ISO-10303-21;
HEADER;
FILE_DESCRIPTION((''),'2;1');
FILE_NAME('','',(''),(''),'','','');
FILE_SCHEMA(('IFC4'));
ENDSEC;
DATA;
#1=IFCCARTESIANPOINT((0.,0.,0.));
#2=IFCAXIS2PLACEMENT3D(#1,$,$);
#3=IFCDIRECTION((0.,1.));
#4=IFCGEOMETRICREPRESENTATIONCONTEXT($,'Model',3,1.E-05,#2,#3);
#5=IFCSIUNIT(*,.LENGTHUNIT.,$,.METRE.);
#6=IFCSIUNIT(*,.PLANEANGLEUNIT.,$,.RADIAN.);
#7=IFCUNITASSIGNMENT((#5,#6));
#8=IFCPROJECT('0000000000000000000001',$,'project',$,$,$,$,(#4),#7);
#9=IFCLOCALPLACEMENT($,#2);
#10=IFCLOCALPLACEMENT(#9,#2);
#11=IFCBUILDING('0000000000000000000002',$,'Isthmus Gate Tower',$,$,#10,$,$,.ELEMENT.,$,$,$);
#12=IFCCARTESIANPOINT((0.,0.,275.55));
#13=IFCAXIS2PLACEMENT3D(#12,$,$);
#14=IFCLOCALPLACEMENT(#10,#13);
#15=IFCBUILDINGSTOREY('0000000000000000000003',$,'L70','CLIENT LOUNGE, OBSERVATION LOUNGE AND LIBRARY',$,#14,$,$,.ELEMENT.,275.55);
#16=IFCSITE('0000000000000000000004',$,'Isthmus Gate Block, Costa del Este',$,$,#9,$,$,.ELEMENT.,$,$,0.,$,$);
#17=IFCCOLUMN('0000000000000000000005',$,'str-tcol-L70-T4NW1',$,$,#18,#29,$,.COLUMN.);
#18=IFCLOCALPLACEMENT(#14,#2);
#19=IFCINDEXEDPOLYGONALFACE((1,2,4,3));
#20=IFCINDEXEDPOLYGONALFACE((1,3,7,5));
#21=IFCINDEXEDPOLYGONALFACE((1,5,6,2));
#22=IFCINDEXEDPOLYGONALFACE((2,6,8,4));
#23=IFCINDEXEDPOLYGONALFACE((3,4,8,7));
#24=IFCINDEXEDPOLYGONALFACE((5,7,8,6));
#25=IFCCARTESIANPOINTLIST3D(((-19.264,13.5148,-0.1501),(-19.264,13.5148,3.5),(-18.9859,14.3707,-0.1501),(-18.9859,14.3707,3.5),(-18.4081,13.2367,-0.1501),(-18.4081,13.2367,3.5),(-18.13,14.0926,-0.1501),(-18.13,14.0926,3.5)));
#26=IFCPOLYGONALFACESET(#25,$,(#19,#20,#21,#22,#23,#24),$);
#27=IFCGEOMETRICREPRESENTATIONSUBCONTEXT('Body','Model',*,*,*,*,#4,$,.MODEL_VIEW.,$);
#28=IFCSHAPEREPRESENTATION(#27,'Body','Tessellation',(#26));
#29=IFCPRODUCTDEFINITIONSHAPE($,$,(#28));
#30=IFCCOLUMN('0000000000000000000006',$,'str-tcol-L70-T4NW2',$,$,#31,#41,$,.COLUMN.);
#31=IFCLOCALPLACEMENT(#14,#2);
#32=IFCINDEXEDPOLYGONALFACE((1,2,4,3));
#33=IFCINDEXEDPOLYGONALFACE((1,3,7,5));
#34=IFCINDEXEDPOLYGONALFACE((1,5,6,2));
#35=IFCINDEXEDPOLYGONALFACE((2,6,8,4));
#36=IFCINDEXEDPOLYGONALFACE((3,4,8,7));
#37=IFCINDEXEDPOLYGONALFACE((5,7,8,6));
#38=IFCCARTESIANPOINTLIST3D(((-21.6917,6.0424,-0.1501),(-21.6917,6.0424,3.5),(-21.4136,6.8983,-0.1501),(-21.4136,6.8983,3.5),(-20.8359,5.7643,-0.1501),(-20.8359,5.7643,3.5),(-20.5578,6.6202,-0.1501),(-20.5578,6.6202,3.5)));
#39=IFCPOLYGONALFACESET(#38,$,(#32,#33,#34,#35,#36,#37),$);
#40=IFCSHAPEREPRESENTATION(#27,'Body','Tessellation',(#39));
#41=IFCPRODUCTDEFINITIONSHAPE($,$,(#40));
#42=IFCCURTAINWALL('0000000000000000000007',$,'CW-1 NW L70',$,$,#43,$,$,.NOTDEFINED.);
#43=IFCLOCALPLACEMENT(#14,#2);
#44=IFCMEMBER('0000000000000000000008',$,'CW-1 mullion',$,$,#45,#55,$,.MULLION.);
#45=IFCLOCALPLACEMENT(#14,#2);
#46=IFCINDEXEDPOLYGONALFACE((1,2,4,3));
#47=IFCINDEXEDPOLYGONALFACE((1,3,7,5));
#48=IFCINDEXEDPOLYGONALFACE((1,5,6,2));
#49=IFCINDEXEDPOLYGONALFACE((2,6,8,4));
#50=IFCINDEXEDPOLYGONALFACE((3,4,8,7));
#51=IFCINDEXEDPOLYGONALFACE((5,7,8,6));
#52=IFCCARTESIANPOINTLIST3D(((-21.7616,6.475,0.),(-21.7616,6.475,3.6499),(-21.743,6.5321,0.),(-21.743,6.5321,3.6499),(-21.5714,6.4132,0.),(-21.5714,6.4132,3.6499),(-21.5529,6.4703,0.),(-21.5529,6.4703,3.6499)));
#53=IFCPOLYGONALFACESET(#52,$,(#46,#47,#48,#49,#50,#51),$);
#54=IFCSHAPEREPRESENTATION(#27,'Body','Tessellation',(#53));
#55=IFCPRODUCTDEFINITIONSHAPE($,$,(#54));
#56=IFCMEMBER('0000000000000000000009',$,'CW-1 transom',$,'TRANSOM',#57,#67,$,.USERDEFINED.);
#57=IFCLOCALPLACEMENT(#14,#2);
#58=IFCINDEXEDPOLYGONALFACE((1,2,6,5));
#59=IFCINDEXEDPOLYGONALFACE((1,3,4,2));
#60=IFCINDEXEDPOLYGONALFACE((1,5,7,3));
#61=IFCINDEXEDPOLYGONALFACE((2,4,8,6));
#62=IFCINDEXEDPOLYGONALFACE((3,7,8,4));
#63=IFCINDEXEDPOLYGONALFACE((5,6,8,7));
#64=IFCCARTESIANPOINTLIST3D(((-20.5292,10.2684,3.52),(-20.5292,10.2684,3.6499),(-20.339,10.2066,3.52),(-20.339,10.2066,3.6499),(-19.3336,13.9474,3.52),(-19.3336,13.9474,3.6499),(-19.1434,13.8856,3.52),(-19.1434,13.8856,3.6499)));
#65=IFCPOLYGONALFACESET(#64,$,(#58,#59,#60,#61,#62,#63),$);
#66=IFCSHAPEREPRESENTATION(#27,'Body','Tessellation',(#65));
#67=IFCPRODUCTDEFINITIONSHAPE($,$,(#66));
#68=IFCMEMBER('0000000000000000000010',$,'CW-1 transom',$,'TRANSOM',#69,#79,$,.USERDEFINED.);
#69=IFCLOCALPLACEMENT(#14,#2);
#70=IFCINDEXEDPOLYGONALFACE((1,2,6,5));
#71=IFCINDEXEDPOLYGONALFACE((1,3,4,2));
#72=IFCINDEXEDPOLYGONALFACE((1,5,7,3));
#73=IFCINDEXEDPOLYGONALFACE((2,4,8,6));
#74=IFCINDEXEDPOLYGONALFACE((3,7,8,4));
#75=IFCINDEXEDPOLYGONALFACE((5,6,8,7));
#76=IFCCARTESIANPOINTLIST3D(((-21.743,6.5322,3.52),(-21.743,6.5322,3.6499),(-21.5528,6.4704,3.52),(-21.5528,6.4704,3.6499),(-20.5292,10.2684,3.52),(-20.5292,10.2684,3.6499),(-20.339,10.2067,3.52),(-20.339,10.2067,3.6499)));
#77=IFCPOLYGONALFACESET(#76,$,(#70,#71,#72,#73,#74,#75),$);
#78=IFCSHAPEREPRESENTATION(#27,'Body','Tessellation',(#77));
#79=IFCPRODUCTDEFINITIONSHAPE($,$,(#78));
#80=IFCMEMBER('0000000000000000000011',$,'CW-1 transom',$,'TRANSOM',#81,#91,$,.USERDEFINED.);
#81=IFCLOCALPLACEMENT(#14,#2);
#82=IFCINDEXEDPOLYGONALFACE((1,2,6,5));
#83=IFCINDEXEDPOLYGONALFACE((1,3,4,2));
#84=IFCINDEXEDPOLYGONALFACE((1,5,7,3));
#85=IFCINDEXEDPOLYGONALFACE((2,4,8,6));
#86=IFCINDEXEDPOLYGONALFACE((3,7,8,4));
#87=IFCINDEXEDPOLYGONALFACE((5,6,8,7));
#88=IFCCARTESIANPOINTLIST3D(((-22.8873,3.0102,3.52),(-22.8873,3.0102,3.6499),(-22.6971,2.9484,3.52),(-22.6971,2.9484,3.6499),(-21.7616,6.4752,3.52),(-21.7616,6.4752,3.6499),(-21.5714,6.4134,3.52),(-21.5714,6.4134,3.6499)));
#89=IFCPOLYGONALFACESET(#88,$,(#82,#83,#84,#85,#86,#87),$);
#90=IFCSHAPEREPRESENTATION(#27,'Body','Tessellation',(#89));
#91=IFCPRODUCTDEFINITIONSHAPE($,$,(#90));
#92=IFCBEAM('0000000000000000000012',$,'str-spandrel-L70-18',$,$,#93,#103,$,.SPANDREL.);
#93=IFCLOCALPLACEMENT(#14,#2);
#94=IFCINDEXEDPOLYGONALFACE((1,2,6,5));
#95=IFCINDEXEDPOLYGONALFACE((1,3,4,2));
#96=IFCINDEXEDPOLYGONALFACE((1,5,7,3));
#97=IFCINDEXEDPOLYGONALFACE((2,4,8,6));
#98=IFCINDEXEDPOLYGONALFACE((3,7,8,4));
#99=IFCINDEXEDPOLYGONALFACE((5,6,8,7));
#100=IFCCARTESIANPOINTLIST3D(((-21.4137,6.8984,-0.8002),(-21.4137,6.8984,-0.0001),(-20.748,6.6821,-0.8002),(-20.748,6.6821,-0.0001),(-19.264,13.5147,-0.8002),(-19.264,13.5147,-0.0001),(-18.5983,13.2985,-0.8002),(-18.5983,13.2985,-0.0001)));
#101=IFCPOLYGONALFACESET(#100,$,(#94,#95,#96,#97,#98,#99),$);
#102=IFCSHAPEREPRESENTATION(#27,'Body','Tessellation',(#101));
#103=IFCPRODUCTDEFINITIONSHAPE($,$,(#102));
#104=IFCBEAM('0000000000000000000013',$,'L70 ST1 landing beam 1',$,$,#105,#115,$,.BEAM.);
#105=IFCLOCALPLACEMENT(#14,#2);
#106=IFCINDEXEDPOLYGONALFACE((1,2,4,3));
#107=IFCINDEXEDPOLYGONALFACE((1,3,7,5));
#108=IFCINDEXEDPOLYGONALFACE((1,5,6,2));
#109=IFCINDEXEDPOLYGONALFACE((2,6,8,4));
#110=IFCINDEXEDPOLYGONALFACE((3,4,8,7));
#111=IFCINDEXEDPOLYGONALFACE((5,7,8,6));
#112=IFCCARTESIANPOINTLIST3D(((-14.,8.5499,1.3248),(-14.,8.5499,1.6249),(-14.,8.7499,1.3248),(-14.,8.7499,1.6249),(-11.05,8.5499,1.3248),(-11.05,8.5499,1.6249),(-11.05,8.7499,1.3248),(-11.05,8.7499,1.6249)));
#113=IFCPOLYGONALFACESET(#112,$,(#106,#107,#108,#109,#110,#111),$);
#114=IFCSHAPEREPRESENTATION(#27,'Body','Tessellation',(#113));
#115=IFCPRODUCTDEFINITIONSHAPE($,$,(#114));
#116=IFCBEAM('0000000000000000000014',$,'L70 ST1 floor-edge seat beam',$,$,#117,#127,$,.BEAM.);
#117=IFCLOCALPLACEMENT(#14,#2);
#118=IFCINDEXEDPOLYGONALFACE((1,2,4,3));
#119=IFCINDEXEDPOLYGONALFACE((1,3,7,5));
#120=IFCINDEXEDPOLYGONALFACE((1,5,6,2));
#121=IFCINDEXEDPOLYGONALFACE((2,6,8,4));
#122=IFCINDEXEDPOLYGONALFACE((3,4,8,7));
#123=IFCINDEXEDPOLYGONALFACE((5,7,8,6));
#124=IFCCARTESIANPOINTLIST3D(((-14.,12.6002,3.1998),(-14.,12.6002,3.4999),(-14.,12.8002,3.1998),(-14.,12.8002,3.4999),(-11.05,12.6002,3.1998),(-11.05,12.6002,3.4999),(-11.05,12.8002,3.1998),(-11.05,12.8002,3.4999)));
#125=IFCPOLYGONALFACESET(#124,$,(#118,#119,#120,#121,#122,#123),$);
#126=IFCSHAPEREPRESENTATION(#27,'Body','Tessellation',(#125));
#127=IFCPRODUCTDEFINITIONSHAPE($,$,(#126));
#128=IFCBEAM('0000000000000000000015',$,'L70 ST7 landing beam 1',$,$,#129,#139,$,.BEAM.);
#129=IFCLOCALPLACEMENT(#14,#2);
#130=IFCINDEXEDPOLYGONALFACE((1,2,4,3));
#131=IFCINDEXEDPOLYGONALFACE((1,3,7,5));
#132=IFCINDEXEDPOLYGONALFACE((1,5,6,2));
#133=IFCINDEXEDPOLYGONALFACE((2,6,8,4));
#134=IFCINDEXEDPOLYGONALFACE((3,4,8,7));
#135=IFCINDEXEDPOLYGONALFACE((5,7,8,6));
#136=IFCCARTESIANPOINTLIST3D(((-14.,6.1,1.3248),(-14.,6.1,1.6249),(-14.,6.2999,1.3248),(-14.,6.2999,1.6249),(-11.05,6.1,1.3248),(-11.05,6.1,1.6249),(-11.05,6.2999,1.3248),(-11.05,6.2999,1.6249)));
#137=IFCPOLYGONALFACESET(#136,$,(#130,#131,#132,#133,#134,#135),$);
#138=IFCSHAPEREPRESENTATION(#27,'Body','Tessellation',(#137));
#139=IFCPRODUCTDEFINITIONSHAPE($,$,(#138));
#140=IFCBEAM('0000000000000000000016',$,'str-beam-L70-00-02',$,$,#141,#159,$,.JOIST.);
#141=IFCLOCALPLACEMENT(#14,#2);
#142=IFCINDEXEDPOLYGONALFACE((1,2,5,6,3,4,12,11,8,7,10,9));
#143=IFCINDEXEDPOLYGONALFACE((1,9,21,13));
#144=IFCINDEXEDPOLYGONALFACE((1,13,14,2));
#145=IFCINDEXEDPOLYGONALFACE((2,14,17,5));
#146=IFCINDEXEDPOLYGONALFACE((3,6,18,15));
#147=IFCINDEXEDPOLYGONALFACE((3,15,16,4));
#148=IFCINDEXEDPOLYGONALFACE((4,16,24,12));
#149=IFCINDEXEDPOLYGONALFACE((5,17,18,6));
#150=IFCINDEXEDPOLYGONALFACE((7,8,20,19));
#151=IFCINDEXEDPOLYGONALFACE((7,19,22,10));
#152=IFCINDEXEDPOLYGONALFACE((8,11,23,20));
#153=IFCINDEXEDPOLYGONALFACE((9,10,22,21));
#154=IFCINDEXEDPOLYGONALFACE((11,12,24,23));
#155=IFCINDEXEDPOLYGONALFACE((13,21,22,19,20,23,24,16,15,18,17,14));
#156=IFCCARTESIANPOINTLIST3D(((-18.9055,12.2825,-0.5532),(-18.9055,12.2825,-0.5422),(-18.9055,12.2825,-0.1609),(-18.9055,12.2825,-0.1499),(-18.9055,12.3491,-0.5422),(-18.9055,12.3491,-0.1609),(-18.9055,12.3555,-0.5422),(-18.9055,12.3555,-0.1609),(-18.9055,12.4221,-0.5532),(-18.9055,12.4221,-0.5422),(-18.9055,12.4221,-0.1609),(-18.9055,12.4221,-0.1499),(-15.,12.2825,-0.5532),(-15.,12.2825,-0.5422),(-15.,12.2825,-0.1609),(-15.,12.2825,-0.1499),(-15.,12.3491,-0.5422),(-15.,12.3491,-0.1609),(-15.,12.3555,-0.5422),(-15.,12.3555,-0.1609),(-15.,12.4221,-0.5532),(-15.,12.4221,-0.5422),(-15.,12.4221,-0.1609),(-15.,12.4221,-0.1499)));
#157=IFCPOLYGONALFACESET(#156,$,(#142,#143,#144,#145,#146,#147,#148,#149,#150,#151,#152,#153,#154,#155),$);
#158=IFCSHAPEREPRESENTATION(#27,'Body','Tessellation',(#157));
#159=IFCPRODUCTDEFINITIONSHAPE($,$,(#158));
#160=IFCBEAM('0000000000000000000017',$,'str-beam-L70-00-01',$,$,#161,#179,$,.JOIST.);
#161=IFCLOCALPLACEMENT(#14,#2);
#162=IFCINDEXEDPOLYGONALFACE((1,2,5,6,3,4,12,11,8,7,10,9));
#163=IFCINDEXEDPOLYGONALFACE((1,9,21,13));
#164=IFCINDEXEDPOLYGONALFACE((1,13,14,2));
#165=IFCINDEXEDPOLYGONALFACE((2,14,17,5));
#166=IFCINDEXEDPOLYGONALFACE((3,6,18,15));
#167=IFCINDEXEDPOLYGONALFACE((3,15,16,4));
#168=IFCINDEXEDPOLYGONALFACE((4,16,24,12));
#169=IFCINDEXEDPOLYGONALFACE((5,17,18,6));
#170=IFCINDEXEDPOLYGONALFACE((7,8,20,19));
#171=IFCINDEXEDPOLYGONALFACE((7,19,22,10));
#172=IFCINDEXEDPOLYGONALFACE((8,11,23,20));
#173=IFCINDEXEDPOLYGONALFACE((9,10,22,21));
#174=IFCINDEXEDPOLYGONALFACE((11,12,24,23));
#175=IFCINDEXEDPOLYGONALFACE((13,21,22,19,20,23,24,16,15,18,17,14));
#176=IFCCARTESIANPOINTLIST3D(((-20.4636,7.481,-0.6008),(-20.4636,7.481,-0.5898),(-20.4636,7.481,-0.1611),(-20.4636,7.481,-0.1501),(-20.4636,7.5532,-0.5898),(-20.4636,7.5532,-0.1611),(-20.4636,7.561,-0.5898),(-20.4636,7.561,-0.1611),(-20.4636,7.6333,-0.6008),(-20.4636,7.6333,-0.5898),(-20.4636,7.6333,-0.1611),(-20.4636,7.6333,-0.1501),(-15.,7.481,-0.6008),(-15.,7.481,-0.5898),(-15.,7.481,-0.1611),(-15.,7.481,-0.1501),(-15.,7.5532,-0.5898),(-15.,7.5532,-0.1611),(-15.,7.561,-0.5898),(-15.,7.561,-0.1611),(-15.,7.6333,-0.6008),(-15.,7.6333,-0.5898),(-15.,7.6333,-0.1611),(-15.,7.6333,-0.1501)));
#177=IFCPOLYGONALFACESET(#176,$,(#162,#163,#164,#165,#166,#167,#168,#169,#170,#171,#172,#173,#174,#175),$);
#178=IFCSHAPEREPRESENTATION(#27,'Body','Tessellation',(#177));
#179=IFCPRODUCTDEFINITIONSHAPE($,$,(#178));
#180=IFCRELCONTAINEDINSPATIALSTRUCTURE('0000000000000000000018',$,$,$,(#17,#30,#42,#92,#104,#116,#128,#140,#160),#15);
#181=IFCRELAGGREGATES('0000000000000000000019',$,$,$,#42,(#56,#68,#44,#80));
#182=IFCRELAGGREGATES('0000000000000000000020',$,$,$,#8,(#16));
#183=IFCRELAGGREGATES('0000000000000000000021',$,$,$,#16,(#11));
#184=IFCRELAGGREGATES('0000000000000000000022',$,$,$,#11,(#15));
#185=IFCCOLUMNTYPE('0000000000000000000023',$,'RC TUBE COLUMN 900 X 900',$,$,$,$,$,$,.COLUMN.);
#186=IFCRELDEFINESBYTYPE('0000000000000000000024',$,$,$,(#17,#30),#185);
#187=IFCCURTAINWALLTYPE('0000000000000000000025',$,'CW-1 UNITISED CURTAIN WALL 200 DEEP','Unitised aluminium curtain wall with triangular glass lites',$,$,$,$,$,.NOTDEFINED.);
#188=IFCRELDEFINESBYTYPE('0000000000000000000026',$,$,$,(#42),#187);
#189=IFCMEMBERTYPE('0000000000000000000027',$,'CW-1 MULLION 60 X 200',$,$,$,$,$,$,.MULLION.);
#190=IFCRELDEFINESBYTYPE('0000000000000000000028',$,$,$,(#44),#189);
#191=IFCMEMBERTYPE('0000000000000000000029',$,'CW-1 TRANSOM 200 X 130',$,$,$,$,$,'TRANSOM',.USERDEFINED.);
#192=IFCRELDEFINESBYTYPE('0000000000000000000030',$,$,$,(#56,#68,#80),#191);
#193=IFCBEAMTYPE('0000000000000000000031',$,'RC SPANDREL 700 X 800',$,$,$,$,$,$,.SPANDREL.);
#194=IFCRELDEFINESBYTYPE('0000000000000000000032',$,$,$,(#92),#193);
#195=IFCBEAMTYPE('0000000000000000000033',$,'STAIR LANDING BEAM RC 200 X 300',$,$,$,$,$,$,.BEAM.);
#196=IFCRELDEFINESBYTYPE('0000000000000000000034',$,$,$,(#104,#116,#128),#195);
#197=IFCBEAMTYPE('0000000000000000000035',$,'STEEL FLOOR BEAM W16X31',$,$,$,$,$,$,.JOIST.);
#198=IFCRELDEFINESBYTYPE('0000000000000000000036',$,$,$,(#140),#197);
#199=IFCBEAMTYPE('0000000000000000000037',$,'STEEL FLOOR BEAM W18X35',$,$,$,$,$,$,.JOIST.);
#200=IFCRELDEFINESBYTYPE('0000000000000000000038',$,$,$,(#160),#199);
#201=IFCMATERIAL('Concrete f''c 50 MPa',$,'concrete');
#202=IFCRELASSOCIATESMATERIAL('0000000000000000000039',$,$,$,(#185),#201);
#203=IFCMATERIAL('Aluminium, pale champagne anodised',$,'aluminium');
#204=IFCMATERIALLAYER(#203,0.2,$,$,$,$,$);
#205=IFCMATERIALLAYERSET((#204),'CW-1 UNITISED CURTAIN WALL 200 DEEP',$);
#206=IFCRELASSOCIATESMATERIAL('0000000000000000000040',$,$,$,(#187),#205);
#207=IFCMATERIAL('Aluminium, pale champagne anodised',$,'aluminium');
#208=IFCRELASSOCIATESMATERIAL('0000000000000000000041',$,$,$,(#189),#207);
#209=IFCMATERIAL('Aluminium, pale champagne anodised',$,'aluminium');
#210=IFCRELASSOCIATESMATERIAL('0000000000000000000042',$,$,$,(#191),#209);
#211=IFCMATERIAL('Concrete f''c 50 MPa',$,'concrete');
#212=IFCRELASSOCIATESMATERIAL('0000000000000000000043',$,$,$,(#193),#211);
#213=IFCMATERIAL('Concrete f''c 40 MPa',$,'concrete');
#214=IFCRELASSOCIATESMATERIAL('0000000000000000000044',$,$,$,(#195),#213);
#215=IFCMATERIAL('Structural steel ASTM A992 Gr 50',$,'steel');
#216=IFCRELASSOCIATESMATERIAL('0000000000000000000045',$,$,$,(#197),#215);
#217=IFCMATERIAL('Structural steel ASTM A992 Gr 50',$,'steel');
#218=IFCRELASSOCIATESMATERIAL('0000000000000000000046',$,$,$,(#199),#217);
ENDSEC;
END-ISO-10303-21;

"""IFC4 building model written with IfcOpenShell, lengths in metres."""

from ifc_helpers import new_model, si_unit, direction, frame, origin, origin_2d, place, context, subcontext, project, spatial, rectangle, i_section, extrude, material, layer, layer_set, material_profile, profile_set, type_object, element, aggregate, save


model = new_model("IFC4")

# Units and contexts
model_context = context("Model", 3, precision=1e-05, world=origin(), true_north=direction((0.0, 1.0)))
body_context = subcontext(model_context, "Body", "Model", "MODEL_VIEW")
ifc_project = project(units=[si_unit("LENGTHUNIT", "METRE"), si_unit("PLANEANGLEUNIT", "RADIAN")], contexts=[model_context])

# Site, building, storey
site_placement = place(None, origin())
site = spatial("IfcSite", under=ifc_project, at=site_placement, Name="Isthmus Gate Block, Costa del Este", CompositionType="ELEMENT", RefElevation=0.0)
building_placement = place(site_placement, origin())
building = spatial("IfcBuilding", under=site, at=building_placement, Name="Isthmus Gate Tower", CompositionType="ELEMENT")
storey_placement = place(building_placement, frame((0.0, 0.0, 275.55)))
storey = spatial("IfcBuildingStorey", under=building, at=storey_placement, Name="L70", Description="CLIENT LOUNGE, OBSERVATION LOUNGE AND LIBRARY", CompositionType="ELEMENT", Elevation=275.55)

# Columns
ifc_material_1 = material(Name="Concrete f'c 50 MPa", Category="concrete")
ifc_material_profile_1 = material_profile(ifc_material_1, rectangle(XDim=0.8999, YDim=0.8999, at=origin_2d()), Name="RC 900X900")
ifc_profile_set_1 = profile_set([ifc_material_profile_1], Name="Concrete f'c 50 MPa")
column_type = type_object("IfcColumnType", Name="RC TUBE COLUMN 900 X 900", PredefinedType="COLUMN", material=ifc_profile_set_1)
for number, where, z_axis, x_axis, name in (
    (1, (-18.697, 13.8037, -0.1501), (0.0, 0.0, 1.0), (-0.309017, -0.951057, 0.0), "str-tcol-L70-T4NW1"),
    (2, (-21.1248, 6.3313, -0.1501), (0.0, 0.0, 1.0), (-0.309017, -0.951057, 0.0), "str-tcol-L70-T4NW2"),
):
    element("IfcColumn", number, at=place(storey_placement, frame(where, z_axis=z_axis, x_axis=x_axis)), inside=storey, type_object=column_type, Name=name, PredefinedType="COLUMN", context=body_context, shape_type="SweptSolid", body=[
        extrude(rectangle(XDim=0.8999, YDim=0.8999, at=origin_2d()), origin(), (0.0, 0.0, 1.0), 3.6501),
    ])

# Curtain wall, members
ifc_material_2 = material(Name="Aluminium, pale champagne anodised", Category="aluminium")
ifc_layer_1 = layer(ifc_material_2, 0.2)
ifc_layer_set_1 = layer_set([ifc_layer_1], Name="CW-1 UNITISED CURTAIN WALL 200 DEEP")
curtain_wall_type = type_object("IfcCurtainWallType", Name="CW-1 UNITISED CURTAIN WALL 200 DEEP", Description="Unitised aluminium curtain wall with triangular glass lites", PredefinedType="NOTDEFINED", material=ifc_layer_set_1)
curtain_wall_placement = place(storey_placement, origin())
curtain_wall = element("IfcCurtainWall", 3, at=curtain_wall_placement, inside=storey, type_object=curtain_wall_type, Name="CW-1 NW L70", PredefinedType="NOTDEFINED")
ifc_material_3 = material(Name="Aluminium, pale champagne anodised", Category="aluminium")
ifc_material_profile_2 = material_profile(ifc_material_3, rectangle(XDim=0.0601, YDim=0.2, at=origin_2d()), Name="60x200")
ifc_profile_set_2 = profile_set([ifc_material_profile_2], Name="Aluminium, pale champagne anodised")
member_type_1 = type_object("IfcMemberType", Name="CW-1 MULLION 60 X 200", PredefinedType="MULLION", material=ifc_profile_set_2)
member_1_placement = place(storey_placement, frame((-21.6572, 6.4727, 0.0), z_axis=(0.0, 0.0, 1.0), x_axis=(-0.309017, -0.951057, 0.0)))
member_1 = element("IfcMember", 4, at=member_1_placement, type_object=member_type_1, Name="CW-1 mullion", PredefinedType="MULLION", context=body_context, shape_type="SweptSolid", body=[
    extrude(rectangle(XDim=0.0601, YDim=0.2, at=origin_2d()), origin(), (0.0, 0.0, 1.0), 3.6499),
])
ifc_material_4 = material(Name="Aluminium, pale champagne anodised", Category="aluminium")
ifc_material_profile_3 = material_profile(ifc_material_4, rectangle(XDim=0.2, YDim=0.1299, at=origin_2d()), Name="200x130")
ifc_profile_set_3 = profile_set([ifc_material_profile_3], Name="Aluminium, pale champagne anodised")
member_type_2 = type_object("IfcMemberType", Name="CW-1 TRANSOM 200 X 130", ElementType="TRANSOM", PredefinedType="USERDEFINED", material=ifc_profile_set_3)
member_2_placement = place(storey_placement, frame((-19.2385, 13.9165, 3.585), z_axis=(-0.309062, -0.951042, 0.0), x_axis=(0.951042, -0.309062, 0.0)))
member_2 = element("IfcMember", 5, at=member_2_placement, type_object=member_type_2, Name="CW-1 transom", ObjectType="TRANSOM", PredefinedType="USERDEFINED", context=body_context, shape_type="SweptSolid", body=[
    extrude(rectangle(XDim=0.2, YDim=0.1299, at=origin_2d()), origin(), (0.0, 0.0, 1.0), 3.8684),
])
member_3_placement = place(storey_placement, frame((-20.4341, 10.2375, 3.585), z_axis=(-0.308985, -0.951067, 0.0), x_axis=(0.951067, -0.308985, 0.0)))
member_3 = element("IfcMember", 6, at=member_3_placement, type_object=member_type_2, Name="CW-1 transom", ObjectType="TRANSOM", PredefinedType="USERDEFINED", context=body_context, shape_type="SweptSolid", body=[
    extrude(rectangle(XDim=0.2, YDim=0.1299, at=origin_2d()), origin(), (0.0, 0.0, 1.0), 3.9285),
])
member_4_placement = place(storey_placement, frame((-21.6665, 6.4443, 3.585), z_axis=(-0.308982, -0.951068, 0.0), x_axis=(0.951068, -0.308982, 0.0)))
member_4 = element("IfcMember", 7, at=member_4_placement, type_object=member_type_2, Name="CW-1 transom", ObjectType="TRANSOM", PredefinedType="USERDEFINED", context=body_context, shape_type="SweptSolid", body=[
    extrude(rectangle(XDim=0.2, YDim=0.1299, at=origin_2d()), origin(), (0.0, 0.0, 1.0), 3.6433),
])

# Beams
ifc_material_5 = material(Name="Concrete f'c 50 MPa", Category="concrete")
ifc_material_profile_4 = material_profile(ifc_material_5, rectangle(XDim=0.7, YDim=0.8, at=origin_2d()), Name="RC 700X800")
ifc_profile_set_4 = profile_set([ifc_material_profile_4], Name="Concrete f'c 50 MPa")
beam_type_1 = type_object("IfcBeamType", Name="RC SPANDREL 700 X 800", PredefinedType="SPANDREL", material=ifc_profile_set_4)
beam_1_placement = place(storey_placement, frame((-21.0808, 6.7903, -0.4001), z_axis=(0.309007, 0.95106, 0.0), x_axis=(-0.95106, 0.309007, 0.0)))
element("IfcBeam", 8, at=beam_1_placement, inside=storey, type_object=beam_type_1, Name="str-spandrel-L70-18", PredefinedType="SPANDREL", context=body_context, shape_type="SweptSolid", body=[
    extrude(rectangle(XDim=0.7, YDim=0.8, at=origin_2d()), origin(), (0.0, 0.0, 1.0), 6.9568),
])
ifc_material_6 = material(Name="Concrete f'c 40 MPa", Category="concrete")
ifc_material_profile_5 = material_profile(ifc_material_6, rectangle(XDim=0.2, YDim=0.3, at=origin_2d()), Name="STAIR LANDING BEAM RC 200 X 300")
ifc_profile_set_5 = profile_set([ifc_material_profile_5], Name="Concrete f'c 40 MPa")
beam_type_2 = type_object("IfcBeamType", Name="STAIR LANDING BEAM RC 200 X 300", PredefinedType="BEAM", material=ifc_profile_set_5)
for number, where, z_axis, x_axis, name in (
    (9, (-14.0, 8.6499, 1.4749), (1.0, 0.0, 0.0), (0.0, 1.0, 0.0), "L70 ST1 landing beam 1"),
    (10, (-14.0, 12.7002, 3.3499), (1.0, 0.0, 0.0), (0.0, 1.0, 0.0), "L70 ST1 floor-edge seat beam"),
    (11, (-14.0, 6.2, 1.4749), (1.0, 0.0, 0.0), (0.0, 1.0, 0.0), "L70 ST7 landing beam 1"),
):
    element("IfcBeam", number, at=place(storey_placement, frame(where, z_axis=z_axis, x_axis=x_axis)), inside=storey, type_object=beam_type_2, Name=name, PredefinedType="BEAM", context=body_context, shape_type="SweptSolid", body=[
        extrude(rectangle(XDim=0.2, YDim=0.3, at=origin_2d()), origin(), (0.0, 0.0, 1.0), 2.95),
    ])
ifc_material_7 = material(Name="Structural steel ASTM A992 Gr 50", Category="steel")
ifc_material_profile_6 = material_profile(ifc_material_7, i_section(OverallWidth=0.1396, OverallDepth=0.4033, WebThickness=0.0063, FlangeThickness=0.011, at=origin_2d()), Name="W16X31")
ifc_profile_set_6 = profile_set([ifc_material_profile_6], Name="Structural steel ASTM A992 Gr 50")
beam_type_3 = type_object("IfcBeamType", Name="STEEL FLOOR BEAM W16X31", PredefinedType="JOIST", material=ifc_profile_set_6)
beam_2_placement = place(storey_placement, frame((-18.9055, 12.3523, -0.3516), z_axis=(1.0, 0.0, 0.0), x_axis=(0.0, 1.0, 0.0)))
element("IfcBeam", 12, at=beam_2_placement, inside=storey, type_object=beam_type_3, Name="str-beam-L70-00-02", PredefinedType="JOIST", context=body_context, shape_type="SweptSolid", body=[
    extrude(i_section(OverallWidth=0.1396, OverallDepth=0.4033, WebThickness=0.0063, FlangeThickness=0.011, at=origin_2d()), origin(), (0.0, 0.0, 1.0), 3.9055),
])
ifc_material_8 = material(Name="Structural steel ASTM A992 Gr 50", Category="steel")
ifc_material_profile_7 = material_profile(ifc_material_8, i_section(OverallWidth=0.1523, OverallDepth=0.4507, WebThickness=0.0078, FlangeThickness=0.011, at=origin_2d()), Name="W18X35")
ifc_profile_set_7 = profile_set([ifc_material_profile_7], Name="Structural steel ASTM A992 Gr 50")
beam_type_4 = type_object("IfcBeamType", Name="STEEL FLOOR BEAM W18X35", PredefinedType="JOIST", material=ifc_profile_set_7)
beam_3_placement = place(storey_placement, frame((-20.4636, 7.5571, -0.3755), z_axis=(1.0, 0.0, 0.0), x_axis=(0.0, 1.0, 0.0)))
element("IfcBeam", 13, at=beam_3_placement, inside=storey, type_object=beam_type_4, Name="str-beam-L70-00-01", PredefinedType="JOIST", context=body_context, shape_type="SweptSolid", body=[
    extrude(i_section(OverallWidth=0.1523, OverallDepth=0.4507, WebThickness=0.0078, FlangeThickness=0.011, at=origin_2d()), origin(), (0.0, 0.0, 1.0), 5.4636),
])

aggregate(curtain_wall, [member_2, member_3, member_1, member_4])

save(model, "model.ifc")
